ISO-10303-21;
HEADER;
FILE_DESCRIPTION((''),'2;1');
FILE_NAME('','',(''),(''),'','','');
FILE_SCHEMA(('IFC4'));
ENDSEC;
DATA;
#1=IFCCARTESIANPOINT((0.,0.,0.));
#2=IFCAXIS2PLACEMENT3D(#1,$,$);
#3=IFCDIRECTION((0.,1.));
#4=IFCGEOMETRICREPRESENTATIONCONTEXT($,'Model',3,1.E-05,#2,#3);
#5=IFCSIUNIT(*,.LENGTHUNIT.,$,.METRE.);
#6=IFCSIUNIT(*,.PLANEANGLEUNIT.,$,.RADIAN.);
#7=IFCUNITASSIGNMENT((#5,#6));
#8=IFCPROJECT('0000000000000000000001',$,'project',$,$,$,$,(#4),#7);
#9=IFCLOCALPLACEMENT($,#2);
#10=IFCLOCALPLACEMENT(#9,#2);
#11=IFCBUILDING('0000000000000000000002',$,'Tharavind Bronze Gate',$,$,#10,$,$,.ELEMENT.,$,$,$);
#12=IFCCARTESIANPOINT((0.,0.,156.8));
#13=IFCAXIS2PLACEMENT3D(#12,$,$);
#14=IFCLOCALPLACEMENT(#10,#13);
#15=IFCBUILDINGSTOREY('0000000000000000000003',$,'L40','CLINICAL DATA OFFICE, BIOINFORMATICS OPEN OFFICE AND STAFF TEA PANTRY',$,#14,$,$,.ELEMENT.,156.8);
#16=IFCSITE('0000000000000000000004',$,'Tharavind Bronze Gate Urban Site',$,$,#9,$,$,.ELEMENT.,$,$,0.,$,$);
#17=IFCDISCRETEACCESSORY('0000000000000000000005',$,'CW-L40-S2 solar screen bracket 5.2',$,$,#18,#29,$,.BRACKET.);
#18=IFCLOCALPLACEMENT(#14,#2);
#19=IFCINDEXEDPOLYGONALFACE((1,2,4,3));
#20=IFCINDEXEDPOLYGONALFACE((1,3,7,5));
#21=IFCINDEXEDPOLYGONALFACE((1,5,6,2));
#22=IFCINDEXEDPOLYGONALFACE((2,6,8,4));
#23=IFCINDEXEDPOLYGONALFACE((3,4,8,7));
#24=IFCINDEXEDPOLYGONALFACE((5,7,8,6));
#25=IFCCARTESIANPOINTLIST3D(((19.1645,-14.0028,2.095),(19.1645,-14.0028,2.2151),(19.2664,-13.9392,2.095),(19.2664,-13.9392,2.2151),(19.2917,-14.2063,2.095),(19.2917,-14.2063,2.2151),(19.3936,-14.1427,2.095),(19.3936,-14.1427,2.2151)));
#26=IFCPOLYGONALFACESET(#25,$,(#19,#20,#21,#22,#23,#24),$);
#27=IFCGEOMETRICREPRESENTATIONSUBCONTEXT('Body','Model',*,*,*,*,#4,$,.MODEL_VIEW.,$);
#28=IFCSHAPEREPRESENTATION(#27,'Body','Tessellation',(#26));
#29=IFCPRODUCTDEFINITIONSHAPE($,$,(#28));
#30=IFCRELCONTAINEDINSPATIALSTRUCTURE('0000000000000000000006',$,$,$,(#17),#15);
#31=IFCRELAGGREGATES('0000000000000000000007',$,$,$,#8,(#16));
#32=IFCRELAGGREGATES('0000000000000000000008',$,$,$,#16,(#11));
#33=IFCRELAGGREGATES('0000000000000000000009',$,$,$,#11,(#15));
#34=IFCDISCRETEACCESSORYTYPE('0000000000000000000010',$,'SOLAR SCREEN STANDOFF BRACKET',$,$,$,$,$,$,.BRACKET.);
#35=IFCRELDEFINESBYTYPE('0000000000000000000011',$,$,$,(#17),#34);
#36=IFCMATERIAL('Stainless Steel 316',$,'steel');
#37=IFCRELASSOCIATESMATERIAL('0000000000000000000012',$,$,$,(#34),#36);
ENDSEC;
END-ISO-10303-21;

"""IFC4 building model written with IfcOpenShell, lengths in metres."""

from ifc_helpers import new_model, si_unit, direction, frame, origin, origin_2d, place, context, subcontext, project, spatial, rectangle, extrude, material, type_object, element, save


model = new_model("IFC4")

# Units and contexts
model_context = context("Model", 3, precision=1e-05, world=origin(), true_north=direction((0.0, 1.0)))
body_context = subcontext(model_context, "Body", "Model", "MODEL_VIEW")
ifc_project = project(units=[si_unit("LENGTHUNIT", "METRE"), si_unit("PLANEANGLEUNIT", "RADIAN")], contexts=[model_context])

# Site, building, storey
site_placement = place(None, origin())
site = spatial("IfcSite", under=ifc_project, at=site_placement, Name="Tharavind Bronze Gate Urban Site", CompositionType="ELEMENT", RefElevation=0.0)
building_placement = place(site_placement, origin())
building = spatial("IfcBuilding", under=site, at=building_placement, Name="Tharavind Bronze Gate", CompositionType="ELEMENT")
storey_placement = place(building_placement, frame((0.0, 0.0, 156.8)))
storey = spatial("IfcBuildingStorey", under=building, at=storey_placement, Name="L40", Description="CLINICAL DATA OFFICE, BIOINFORMATICS OPEN OFFICE AND STAFF TEA PANTRY", CompositionType="ELEMENT", Elevation=156.8)

# Discrete accessory
ifc_material_1 = material(Name="Stainless Steel 316", Category="steel")
discrete_accessory_type = type_object("IfcDiscreteAccessoryType", Name="SOLAR SCREEN STANDOFF BRACKET", PredefinedType="BRACKET", material=ifc_material_1)
for number, where, z_axis, x_axis, name in (
    (1, (19.2791, -14.0728, 2.095), (0.0, 0.0, 1.0), (0.848048, 0.529919, 0.0), "CW-L40-S2 solar screen bracket 5.2"),
):
    element("IfcDiscreteAccessory", number, at=place(storey_placement, frame(where, z_axis=z_axis, x_axis=x_axis)), inside=storey, type_object=discrete_accessory_type, Name=name, PredefinedType="BRACKET", context=body_context, shape_type="SweptSolid", body=[
        extrude(rectangle(XDim=0.1201, YDim=0.24, at=origin_2d()), origin(), (0.0, 0.0, 1.0), 0.1201),
    ])

save(model, "model.ifc")
